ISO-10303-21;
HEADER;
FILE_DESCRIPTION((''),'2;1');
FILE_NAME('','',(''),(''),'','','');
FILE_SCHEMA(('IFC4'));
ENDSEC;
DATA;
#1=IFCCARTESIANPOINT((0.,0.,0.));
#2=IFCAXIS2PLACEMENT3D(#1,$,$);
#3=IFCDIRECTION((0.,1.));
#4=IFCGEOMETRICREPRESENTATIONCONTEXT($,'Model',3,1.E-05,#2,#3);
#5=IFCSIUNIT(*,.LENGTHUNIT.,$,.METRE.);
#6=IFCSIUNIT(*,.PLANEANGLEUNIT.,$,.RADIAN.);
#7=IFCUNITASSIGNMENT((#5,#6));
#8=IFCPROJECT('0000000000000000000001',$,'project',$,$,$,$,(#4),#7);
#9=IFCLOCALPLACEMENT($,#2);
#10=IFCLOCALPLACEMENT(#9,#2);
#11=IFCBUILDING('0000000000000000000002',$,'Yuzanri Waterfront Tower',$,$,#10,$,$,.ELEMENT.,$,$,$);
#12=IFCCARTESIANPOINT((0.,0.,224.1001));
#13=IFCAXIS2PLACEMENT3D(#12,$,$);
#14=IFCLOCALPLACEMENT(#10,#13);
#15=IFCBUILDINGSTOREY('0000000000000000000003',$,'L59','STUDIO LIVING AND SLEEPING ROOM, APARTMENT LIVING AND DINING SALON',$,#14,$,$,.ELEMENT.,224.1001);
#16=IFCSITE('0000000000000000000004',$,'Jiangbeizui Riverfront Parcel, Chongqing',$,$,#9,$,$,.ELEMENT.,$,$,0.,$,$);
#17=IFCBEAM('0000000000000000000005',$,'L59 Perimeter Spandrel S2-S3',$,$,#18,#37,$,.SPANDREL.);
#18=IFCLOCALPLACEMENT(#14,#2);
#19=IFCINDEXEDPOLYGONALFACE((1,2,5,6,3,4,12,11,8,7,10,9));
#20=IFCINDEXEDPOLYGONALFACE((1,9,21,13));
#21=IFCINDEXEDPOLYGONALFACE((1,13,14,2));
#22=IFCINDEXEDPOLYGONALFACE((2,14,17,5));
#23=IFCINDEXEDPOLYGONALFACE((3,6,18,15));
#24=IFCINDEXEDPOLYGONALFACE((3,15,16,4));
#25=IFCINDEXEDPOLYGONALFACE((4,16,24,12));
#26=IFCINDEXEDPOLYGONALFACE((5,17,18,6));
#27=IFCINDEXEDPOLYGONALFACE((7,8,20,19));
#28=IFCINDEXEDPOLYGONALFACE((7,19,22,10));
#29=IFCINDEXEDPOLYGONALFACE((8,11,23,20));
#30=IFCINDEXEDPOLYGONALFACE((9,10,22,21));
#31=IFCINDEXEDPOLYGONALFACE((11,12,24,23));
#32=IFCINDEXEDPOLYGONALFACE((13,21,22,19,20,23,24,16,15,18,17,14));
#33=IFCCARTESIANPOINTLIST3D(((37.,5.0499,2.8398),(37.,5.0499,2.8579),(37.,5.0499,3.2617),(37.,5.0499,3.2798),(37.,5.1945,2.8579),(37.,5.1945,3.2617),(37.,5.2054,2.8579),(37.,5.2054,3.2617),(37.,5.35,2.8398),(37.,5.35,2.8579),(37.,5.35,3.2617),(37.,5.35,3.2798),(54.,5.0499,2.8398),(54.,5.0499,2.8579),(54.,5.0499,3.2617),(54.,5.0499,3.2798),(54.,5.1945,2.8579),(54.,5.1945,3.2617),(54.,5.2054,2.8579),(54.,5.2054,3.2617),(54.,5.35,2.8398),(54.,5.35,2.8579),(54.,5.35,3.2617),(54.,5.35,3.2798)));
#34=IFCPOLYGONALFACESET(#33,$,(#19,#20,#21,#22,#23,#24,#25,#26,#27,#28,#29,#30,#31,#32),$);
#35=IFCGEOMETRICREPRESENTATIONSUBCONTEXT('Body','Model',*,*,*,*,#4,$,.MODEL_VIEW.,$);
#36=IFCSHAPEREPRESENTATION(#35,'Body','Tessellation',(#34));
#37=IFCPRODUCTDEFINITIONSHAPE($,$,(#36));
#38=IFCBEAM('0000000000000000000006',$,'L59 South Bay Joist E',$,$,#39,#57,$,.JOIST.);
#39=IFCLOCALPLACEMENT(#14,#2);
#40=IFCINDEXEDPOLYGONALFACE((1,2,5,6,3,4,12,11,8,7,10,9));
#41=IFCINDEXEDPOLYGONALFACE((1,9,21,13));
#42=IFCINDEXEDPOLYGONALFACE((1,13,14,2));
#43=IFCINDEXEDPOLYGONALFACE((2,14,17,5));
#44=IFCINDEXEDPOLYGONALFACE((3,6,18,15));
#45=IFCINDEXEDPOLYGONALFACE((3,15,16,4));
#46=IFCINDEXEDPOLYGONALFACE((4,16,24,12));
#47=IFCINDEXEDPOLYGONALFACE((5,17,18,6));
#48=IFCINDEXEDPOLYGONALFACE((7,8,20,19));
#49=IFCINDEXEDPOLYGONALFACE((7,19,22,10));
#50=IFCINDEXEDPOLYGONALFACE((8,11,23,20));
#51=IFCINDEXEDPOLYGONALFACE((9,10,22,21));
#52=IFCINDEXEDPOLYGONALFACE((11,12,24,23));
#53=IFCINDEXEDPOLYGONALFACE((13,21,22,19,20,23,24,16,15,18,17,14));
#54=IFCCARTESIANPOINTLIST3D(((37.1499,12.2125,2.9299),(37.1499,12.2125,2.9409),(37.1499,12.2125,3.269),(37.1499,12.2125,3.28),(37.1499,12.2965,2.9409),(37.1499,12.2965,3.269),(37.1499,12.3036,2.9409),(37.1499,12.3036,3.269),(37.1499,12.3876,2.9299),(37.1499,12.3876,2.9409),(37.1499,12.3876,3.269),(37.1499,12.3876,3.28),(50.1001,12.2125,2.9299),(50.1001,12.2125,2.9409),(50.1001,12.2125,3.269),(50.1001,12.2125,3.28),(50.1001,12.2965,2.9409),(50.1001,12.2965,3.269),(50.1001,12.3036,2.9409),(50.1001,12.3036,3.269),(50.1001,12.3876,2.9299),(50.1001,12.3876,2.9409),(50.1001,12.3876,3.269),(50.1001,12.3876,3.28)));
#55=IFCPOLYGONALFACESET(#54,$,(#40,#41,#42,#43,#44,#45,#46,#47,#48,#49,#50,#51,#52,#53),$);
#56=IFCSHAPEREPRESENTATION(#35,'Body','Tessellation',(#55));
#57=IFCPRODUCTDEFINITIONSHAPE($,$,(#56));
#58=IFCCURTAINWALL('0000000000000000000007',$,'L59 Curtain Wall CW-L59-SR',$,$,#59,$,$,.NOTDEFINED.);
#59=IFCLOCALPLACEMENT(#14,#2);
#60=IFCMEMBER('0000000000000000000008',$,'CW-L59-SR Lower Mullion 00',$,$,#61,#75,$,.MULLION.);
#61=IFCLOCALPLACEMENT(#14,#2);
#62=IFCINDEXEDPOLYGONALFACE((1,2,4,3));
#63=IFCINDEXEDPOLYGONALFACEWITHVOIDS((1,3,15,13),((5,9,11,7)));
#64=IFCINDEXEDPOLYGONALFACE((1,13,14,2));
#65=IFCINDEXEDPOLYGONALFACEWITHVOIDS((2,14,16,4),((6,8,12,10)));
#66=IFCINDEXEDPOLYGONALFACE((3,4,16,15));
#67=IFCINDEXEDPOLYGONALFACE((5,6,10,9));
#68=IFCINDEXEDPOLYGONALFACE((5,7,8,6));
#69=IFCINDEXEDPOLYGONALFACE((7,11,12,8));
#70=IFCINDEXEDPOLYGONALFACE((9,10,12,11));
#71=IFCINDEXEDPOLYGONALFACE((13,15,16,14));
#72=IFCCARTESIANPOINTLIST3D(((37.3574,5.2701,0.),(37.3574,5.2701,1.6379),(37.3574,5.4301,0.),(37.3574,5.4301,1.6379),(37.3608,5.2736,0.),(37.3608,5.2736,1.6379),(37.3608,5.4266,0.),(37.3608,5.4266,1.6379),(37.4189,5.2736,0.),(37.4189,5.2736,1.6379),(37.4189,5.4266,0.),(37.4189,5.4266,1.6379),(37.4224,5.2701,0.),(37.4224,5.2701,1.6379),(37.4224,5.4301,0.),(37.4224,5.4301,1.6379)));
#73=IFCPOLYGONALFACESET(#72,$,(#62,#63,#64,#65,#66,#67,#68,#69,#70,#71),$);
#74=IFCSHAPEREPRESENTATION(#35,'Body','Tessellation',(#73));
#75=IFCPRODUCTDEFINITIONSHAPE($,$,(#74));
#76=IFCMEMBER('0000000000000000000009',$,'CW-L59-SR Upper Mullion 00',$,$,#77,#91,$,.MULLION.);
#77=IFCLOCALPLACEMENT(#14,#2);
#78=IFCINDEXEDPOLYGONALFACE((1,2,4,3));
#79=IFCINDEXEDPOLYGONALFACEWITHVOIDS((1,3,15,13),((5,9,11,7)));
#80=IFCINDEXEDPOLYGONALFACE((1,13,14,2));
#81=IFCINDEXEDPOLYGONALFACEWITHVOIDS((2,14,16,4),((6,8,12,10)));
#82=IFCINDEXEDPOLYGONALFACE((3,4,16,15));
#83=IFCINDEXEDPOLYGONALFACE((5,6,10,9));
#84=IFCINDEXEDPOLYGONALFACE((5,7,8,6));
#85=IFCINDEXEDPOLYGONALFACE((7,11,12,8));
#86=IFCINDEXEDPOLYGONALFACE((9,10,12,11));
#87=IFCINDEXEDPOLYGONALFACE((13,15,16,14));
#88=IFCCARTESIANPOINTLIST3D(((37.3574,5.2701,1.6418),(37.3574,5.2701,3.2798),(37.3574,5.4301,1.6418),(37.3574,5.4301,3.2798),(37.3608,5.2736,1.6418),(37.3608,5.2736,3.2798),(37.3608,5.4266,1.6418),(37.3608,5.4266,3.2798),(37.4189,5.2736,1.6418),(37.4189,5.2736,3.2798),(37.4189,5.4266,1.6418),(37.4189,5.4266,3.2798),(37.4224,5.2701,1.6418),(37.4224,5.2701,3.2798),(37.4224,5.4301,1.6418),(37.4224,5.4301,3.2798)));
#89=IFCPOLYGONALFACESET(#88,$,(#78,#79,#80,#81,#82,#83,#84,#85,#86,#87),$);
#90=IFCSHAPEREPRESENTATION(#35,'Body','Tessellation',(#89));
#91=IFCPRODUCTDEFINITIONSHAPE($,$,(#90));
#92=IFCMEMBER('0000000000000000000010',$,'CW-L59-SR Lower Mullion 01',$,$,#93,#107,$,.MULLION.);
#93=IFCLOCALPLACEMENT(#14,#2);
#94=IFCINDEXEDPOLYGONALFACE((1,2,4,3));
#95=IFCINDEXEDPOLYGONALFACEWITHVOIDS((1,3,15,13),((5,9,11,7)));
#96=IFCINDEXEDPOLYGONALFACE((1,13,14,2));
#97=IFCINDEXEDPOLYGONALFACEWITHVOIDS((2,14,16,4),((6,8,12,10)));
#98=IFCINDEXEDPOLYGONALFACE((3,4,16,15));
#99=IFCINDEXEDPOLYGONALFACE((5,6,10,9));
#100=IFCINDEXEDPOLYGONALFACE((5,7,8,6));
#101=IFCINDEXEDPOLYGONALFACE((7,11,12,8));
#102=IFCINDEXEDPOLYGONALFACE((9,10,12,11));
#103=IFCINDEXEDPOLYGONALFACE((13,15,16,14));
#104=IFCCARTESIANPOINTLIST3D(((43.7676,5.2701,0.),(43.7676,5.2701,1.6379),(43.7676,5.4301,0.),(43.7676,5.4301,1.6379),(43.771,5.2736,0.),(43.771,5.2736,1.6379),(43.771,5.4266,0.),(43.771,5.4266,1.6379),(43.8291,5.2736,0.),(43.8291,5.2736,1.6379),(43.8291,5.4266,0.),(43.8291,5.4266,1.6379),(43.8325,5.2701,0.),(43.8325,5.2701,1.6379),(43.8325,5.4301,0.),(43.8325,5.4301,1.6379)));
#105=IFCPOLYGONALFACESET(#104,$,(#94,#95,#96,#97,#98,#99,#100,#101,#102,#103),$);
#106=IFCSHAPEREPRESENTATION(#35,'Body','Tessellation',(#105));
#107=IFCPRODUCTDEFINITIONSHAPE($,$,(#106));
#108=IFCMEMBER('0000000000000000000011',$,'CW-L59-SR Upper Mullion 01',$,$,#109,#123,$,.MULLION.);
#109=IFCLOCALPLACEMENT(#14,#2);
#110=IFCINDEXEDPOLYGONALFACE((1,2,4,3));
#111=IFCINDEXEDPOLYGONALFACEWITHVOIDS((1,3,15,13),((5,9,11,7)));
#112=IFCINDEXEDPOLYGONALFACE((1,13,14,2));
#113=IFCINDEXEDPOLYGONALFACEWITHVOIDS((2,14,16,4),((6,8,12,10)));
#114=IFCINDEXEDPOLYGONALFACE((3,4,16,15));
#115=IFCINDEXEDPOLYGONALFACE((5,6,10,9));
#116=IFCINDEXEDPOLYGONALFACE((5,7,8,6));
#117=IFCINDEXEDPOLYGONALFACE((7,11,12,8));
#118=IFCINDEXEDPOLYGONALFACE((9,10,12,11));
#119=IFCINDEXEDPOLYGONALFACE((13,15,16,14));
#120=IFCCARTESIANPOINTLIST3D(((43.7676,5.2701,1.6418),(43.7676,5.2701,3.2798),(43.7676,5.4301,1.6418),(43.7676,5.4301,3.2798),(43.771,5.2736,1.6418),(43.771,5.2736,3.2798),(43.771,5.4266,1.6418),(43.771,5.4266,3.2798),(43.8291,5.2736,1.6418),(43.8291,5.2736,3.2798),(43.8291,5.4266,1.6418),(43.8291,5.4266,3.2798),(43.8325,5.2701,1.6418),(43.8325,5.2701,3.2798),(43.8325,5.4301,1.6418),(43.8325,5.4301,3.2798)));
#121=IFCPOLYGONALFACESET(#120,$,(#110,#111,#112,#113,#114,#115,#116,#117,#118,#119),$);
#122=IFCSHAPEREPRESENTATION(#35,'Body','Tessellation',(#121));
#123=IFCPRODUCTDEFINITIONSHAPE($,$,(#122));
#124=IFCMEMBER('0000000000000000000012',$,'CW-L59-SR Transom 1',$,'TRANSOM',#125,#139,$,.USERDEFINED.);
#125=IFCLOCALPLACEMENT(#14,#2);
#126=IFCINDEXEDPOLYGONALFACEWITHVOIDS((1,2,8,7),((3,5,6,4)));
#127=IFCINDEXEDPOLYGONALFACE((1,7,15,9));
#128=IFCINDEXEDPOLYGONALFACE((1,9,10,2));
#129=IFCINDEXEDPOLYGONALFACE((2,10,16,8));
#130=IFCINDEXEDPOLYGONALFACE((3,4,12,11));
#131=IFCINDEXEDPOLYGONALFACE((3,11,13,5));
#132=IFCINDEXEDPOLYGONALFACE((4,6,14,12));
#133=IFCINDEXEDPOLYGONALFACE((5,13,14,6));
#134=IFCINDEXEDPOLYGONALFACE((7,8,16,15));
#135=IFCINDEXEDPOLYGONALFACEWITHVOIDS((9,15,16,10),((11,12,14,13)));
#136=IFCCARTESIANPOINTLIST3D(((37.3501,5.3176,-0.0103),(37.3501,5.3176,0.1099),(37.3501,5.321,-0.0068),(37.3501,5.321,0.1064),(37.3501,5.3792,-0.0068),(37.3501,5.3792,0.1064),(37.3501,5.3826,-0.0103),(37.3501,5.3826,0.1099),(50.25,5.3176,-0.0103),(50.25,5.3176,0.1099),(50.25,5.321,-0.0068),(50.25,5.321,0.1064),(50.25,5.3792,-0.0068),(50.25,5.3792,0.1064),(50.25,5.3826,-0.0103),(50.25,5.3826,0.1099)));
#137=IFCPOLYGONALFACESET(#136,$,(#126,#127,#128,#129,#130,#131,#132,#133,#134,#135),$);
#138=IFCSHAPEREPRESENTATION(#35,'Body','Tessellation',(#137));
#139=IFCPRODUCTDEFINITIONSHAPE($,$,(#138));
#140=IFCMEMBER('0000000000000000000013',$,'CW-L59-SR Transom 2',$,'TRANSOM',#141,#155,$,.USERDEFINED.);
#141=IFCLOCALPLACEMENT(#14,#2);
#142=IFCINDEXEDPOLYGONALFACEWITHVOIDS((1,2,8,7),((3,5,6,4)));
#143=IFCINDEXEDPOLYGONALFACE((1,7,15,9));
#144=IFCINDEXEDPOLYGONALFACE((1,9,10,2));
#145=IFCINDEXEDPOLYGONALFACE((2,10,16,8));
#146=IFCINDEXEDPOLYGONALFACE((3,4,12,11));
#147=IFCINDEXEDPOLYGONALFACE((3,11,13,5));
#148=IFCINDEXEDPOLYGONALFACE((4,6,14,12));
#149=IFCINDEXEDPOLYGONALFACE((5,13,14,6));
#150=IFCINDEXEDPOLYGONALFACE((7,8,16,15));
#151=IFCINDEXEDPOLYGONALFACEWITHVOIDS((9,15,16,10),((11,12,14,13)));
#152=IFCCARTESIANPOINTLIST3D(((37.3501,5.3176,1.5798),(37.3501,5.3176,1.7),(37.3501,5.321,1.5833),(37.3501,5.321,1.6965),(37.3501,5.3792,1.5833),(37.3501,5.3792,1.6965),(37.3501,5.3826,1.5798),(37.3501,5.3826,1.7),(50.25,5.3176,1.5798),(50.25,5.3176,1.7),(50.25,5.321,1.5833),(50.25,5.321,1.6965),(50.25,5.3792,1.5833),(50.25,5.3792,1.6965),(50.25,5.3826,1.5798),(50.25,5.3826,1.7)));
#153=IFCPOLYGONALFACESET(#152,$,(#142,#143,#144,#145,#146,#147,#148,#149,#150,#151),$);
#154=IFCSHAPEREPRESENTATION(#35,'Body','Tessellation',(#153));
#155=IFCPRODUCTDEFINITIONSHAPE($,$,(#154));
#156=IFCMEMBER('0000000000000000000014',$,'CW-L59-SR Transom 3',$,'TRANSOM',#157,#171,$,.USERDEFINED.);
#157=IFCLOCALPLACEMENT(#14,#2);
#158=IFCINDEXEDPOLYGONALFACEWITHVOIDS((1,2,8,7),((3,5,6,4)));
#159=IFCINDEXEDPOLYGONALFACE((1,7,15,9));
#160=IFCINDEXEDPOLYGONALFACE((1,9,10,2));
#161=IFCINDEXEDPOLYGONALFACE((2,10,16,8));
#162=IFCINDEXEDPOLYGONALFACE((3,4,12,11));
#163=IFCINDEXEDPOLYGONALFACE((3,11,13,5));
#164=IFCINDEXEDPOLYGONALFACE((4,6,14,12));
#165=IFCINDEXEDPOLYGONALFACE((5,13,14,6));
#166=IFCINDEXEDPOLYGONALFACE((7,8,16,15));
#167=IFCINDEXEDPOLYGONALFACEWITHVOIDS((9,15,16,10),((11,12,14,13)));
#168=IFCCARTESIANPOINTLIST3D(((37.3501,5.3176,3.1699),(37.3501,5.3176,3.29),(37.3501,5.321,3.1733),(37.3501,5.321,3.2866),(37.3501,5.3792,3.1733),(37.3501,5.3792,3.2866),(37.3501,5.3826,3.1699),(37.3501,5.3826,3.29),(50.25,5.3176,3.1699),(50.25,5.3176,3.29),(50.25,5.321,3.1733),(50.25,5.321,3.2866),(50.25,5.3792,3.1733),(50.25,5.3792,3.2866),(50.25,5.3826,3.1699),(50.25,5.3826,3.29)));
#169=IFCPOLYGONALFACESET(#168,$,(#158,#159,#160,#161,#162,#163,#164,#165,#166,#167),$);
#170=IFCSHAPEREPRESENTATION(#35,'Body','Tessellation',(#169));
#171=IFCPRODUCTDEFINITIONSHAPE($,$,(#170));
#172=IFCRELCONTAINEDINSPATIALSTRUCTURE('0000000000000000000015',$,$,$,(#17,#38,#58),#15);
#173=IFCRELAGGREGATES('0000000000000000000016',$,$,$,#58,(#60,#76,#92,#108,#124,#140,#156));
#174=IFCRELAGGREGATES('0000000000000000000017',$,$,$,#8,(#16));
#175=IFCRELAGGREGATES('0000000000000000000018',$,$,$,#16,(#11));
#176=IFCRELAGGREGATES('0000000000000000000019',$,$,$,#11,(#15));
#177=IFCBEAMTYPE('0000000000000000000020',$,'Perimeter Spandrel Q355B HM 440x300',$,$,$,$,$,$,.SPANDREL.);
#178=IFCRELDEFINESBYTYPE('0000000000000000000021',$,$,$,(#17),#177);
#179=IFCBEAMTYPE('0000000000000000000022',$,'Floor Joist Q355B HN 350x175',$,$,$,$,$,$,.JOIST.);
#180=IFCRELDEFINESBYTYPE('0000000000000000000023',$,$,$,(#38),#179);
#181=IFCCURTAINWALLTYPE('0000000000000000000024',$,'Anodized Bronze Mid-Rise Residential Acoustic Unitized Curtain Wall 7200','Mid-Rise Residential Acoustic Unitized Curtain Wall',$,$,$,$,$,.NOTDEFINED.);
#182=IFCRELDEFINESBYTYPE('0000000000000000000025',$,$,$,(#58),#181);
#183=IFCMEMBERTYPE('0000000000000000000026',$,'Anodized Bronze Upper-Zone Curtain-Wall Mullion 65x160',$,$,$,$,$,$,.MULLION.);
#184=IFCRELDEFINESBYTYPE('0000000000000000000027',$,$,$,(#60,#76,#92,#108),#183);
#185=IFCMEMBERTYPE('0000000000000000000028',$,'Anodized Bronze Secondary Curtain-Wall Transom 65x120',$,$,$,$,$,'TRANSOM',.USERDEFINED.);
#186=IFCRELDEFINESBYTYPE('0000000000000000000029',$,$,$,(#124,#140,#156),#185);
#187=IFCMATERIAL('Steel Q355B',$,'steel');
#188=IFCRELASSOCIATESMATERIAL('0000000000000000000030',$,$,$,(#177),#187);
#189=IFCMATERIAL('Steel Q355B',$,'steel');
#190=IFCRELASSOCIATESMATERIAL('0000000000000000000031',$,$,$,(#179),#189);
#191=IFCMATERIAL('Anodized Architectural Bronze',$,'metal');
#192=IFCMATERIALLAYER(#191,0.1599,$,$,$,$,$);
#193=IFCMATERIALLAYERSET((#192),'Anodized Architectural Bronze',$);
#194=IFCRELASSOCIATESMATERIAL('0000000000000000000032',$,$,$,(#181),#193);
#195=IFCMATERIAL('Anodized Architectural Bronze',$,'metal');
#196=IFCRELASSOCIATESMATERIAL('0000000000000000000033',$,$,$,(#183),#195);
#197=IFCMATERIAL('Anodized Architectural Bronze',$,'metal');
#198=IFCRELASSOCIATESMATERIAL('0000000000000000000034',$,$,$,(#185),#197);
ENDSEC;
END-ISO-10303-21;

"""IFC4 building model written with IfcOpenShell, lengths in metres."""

from ifc_helpers import new_model, si_unit, direction, frame, origin, origin_2d, place, context, subcontext, project, spatial, hollow_rectangle, i_section, extrude, source, transform, mapped, material, layer, layer_set, material_profile, profile_set, type_object, element, aggregate, save


model = new_model("IFC4")

# Units and contexts
model_context = context("Model", 3, precision=1e-05, world=origin(), true_north=direction((0.0, 1.0)))
body_context = subcontext(model_context, "Body", "Model", "MODEL_VIEW")
ifc_project = project(units=[si_unit("LENGTHUNIT", "METRE"), si_unit("PLANEANGLEUNIT", "RADIAN")], contexts=[model_context])

# Site, building, storey
site_placement = place(None, origin())
site = spatial("IfcSite", under=ifc_project, at=site_placement, Name="Jiangbeizui Riverfront Parcel, Chongqing", CompositionType="ELEMENT", RefElevation=0.0)
building_placement = place(site_placement, origin())
building = spatial("IfcBuilding", under=site, at=building_placement, Name="Yuzanri Waterfront Tower", CompositionType="ELEMENT")
storey_placement = place(building_placement, frame((0.0, 0.0, 224.1001)))
storey = spatial("IfcBuildingStorey", under=building, at=storey_placement, Name="L59", Description="STUDIO LIVING AND SLEEPING ROOM, APARTMENT LIVING AND DINING SALON", CompositionType="ELEMENT", Elevation=224.1001)

# Beams
ifc_material_1 = material(Name="Steel Q355B", Category="steel")
ifc_material_profile_1 = material_profile(ifc_material_1, i_section(OverallWidth=0.3, OverallDepth=0.4399, WebThickness=0.011, FlangeThickness=0.0181, at=origin_2d()), Name="HM 440x300x11x18")
ifc_profile_set_1 = profile_set([ifc_material_profile_1], Name="Steel Q355B")
beam_type_1 = type_object("IfcBeamType", Name="Perimeter Spandrel Q355B HM 440x300", PredefinedType="SPANDREL", material=ifc_profile_set_1)
shared_shape_1 = source(origin(), body_context, "Body", "SweptSolid", [
    extrude(i_section(OverallWidth=0.3, OverallDepth=0.4399, WebThickness=0.011, FlangeThickness=0.0181, at=origin_2d()), origin(), (0.0, 0.0, 1.0), 17.0),
])
beam_1_placement = place(storey_placement, frame((37.0, 5.2, 3.0598), z_axis=(1.0, 0.0, 0.0), x_axis=(0.0, 1.0, 0.0)))
element("IfcBeam", 1, at=beam_1_placement, inside=storey, type_object=beam_type_1, Name="L59 Perimeter Spandrel S2-S3", PredefinedType="SPANDREL", context=body_context, shape_type="MappedRepresentation", body=[
    mapped(shared_shape_1, transform((0.0, 0.0, 0.0), scale=1.0)),
])
ifc_material_2 = material(Name="Steel Q355B", Category="steel")
ifc_material_profile_2 = material_profile(ifc_material_2, i_section(OverallWidth=0.175, OverallDepth=0.3501, WebThickness=0.0071, FlangeThickness=0.011, at=origin_2d()), Name="HN 350x175x7x11")
ifc_profile_set_2 = profile_set([ifc_material_profile_2], Name="Steel Q355B")
beam_type_2 = type_object("IfcBeamType", Name="Floor Joist Q355B HN 350x175", PredefinedType="JOIST", material=ifc_profile_set_2)
shared_shape_2 = source(origin(), body_context, "Body", "SweptSolid", [
    extrude(i_section(OverallWidth=0.175, OverallDepth=0.3501, WebThickness=0.0071, FlangeThickness=0.011, at=origin_2d()), origin(), (0.0, 0.0, 1.0), 12.9502),
])
beam_2_placement = place(storey_placement, frame((37.1499, 12.3, 3.105), z_axis=(1.0, 0.0, 0.0), x_axis=(0.0, 1.0, 0.0)))
element("IfcBeam", 2, at=beam_2_placement, inside=storey, type_object=beam_type_2, Name="L59 South Bay Joist E", PredefinedType="JOIST", context=body_context, shape_type="MappedRepresentation", body=[
    mapped(shared_shape_2, transform((0.0, 0.0, 0.0), scale=1.0)),
])

# Curtain wall, members
ifc_material_3 = material(Name="Anodized Architectural Bronze", Category="metal")
ifc_layer_1 = layer(ifc_material_3, 0.1599)
ifc_layer_set_1 = layer_set([ifc_layer_1], Name="Anodized Architectural Bronze")
curtain_wall_type = type_object("IfcCurtainWallType", Name="Anodized Bronze Mid-Rise Residential Acoustic Unitized Curtain Wall 7200", Description="Mid-Rise Residential Acoustic Unitized Curtain Wall", PredefinedType="NOTDEFINED", material=ifc_layer_set_1)
curtain_wall_placement = place(storey_placement, origin())
curtain_wall = element("IfcCurtainWall", 3, at=curtain_wall_placement, inside=storey, type_object=curtain_wall_type, Name="L59 Curtain Wall CW-L59-SR", PredefinedType="NOTDEFINED")
ifc_material_4 = material(Name="Anodized Architectural Bronze", Category="metal")
ifc_material_profile_3 = material_profile(ifc_material_4, hollow_rectangle(XDim=0.0649, YDim=0.1599, WallThickness=0.0034, at=origin_2d()), Name="CWM 65x160")
ifc_profile_set_3 = profile_set([ifc_material_profile_3], Name="Anodized Architectural Bronze")
member_type_1 = type_object("IfcMemberType", Name="Anodized Bronze Upper-Zone Curtain-Wall Mullion 65x160", PredefinedType="MULLION", material=ifc_profile_set_3)
shared_shape_3 = source(origin(), body_context, "Body", "SweptSolid", [
    extrude(hollow_rectangle(XDim=0.0649, YDim=0.1599, WallThickness=0.0034, at=origin_2d()), origin(), (0.0, 0.0, 1.0), 1.6379),
])
member_1_placement = place(storey_placement, frame((37.3899, 5.3501, 0.0), z_axis=(0.0, 0.0, 1.0), x_axis=(1.0, 0.0, 0.0)))
member_1 = element("IfcMember", 4, at=member_1_placement, type_object=member_type_1, Name="CW-L59-SR Lower Mullion 00", PredefinedType="MULLION", context=body_context, shape_type="MappedRepresentation", body=[
    mapped(shared_shape_3, transform((0.0, 0.0, 0.0), scale=1.0)),
])
member_2_placement = place(storey_placement, frame((37.3899, 5.3501, 1.6418), z_axis=(0.0, 0.0, 1.0), x_axis=(1.0, 0.0, 0.0)))
member_2 = element("IfcMember", 5, at=member_2_placement, type_object=member_type_1, Name="CW-L59-SR Upper Mullion 00", PredefinedType="MULLION", context=body_context, shape_type="MappedRepresentation", body=[
    mapped(shared_shape_3, transform((0.0, 0.0, 0.0), scale=1.0)),
])
member_3_placement = place(storey_placement, frame((43.8, 5.3501, 0.0), z_axis=(0.0, 0.0, 1.0), x_axis=(1.0, 0.0, 0.0)))
member_3 = element("IfcMember", 6, at=member_3_placement, type_object=member_type_1, Name="CW-L59-SR Lower Mullion 01", PredefinedType="MULLION", context=body_context, shape_type="MappedRepresentation", body=[
    mapped(shared_shape_3, transform((0.0, 0.0, 0.0), scale=1.0)),
])
member_4_placement = place(storey_placement, frame((43.8, 5.3501, 1.6418), z_axis=(0.0, 0.0, 1.0), x_axis=(1.0, 0.0, 0.0)))
member_4 = element("IfcMember", 7, at=member_4_placement, type_object=member_type_1, Name="CW-L59-SR Upper Mullion 01", PredefinedType="MULLION", context=body_context, shape_type="MappedRepresentation", body=[
    mapped(shared_shape_3, transform((0.0, 0.0, 0.0), scale=1.0)),
])
ifc_material_5 = material(Name="Anodized Architectural Bronze", Category="metal")
ifc_material_profile_4 = material_profile(ifc_material_5, hollow_rectangle(XDim=0.0649, YDim=0.1201, WallThickness=0.0034, at=origin_2d()), Name="CWT 65x120")
ifc_profile_set_4 = profile_set([ifc_material_profile_4], Name="Anodized Architectural Bronze")
member_type_2 = type_object("IfcMemberType", Name="Anodized Bronze Secondary Curtain-Wall Transom 65x120", ElementType="TRANSOM", PredefinedType="USERDEFINED", material=ifc_profile_set_4)
shared_shape_4 = source(origin(), body_context, "Body", "SweptSolid", [
    extrude(hollow_rectangle(XDim=0.0649, YDim=0.1201, WallThickness=0.0034, at=origin_2d()), origin(), (0.0, 0.0, 1.0), 12.8999),
])
member_5_placement = place(storey_placement, frame((37.3501, 5.3501, 0.0498), z_axis=(1.0, 0.0, 0.0), x_axis=(0.0, 1.0, 0.0)))
member_5 = element("IfcMember", 8, at=member_5_placement, type_object=member_type_2, Name="CW-L59-SR Transom 1", ObjectType="TRANSOM", PredefinedType="USERDEFINED", context=body_context, shape_type="MappedRepresentation", body=[
    mapped(shared_shape_4, transform((0.0, 0.0, 0.0), scale=1.0)),
])
member_6_placement = place(storey_placement, frame((37.3501, 5.3501, 1.6399), z_axis=(1.0, 0.0, 0.0), x_axis=(0.0, 1.0, 0.0)))
member_6 = element("IfcMember", 9, at=member_6_placement, type_object=member_type_2, Name="CW-L59-SR Transom 2", ObjectType="TRANSOM", PredefinedType="USERDEFINED", context=body_context, shape_type="MappedRepresentation", body=[
    mapped(shared_shape_4, transform((0.0, 0.0, 0.0), scale=1.0)),
])
member_7_placement = place(storey_placement, frame((37.3501, 5.3501, 3.23), z_axis=(1.0, 0.0, 0.0), x_axis=(0.0, 1.0, 0.0)))
member_7 = element("IfcMember", 10, at=member_7_placement, type_object=member_type_2, Name="CW-L59-SR Transom 3", ObjectType="TRANSOM", PredefinedType="USERDEFINED", context=body_context, shape_type="MappedRepresentation", body=[
    mapped(shared_shape_4, transform((0.0, 0.0, 0.0), scale=1.0)),
])
aggregate(curtain_wall, [member_1, member_2, member_3, member_4, member_5, member_6, member_7])

save(model, "model.ifc")
